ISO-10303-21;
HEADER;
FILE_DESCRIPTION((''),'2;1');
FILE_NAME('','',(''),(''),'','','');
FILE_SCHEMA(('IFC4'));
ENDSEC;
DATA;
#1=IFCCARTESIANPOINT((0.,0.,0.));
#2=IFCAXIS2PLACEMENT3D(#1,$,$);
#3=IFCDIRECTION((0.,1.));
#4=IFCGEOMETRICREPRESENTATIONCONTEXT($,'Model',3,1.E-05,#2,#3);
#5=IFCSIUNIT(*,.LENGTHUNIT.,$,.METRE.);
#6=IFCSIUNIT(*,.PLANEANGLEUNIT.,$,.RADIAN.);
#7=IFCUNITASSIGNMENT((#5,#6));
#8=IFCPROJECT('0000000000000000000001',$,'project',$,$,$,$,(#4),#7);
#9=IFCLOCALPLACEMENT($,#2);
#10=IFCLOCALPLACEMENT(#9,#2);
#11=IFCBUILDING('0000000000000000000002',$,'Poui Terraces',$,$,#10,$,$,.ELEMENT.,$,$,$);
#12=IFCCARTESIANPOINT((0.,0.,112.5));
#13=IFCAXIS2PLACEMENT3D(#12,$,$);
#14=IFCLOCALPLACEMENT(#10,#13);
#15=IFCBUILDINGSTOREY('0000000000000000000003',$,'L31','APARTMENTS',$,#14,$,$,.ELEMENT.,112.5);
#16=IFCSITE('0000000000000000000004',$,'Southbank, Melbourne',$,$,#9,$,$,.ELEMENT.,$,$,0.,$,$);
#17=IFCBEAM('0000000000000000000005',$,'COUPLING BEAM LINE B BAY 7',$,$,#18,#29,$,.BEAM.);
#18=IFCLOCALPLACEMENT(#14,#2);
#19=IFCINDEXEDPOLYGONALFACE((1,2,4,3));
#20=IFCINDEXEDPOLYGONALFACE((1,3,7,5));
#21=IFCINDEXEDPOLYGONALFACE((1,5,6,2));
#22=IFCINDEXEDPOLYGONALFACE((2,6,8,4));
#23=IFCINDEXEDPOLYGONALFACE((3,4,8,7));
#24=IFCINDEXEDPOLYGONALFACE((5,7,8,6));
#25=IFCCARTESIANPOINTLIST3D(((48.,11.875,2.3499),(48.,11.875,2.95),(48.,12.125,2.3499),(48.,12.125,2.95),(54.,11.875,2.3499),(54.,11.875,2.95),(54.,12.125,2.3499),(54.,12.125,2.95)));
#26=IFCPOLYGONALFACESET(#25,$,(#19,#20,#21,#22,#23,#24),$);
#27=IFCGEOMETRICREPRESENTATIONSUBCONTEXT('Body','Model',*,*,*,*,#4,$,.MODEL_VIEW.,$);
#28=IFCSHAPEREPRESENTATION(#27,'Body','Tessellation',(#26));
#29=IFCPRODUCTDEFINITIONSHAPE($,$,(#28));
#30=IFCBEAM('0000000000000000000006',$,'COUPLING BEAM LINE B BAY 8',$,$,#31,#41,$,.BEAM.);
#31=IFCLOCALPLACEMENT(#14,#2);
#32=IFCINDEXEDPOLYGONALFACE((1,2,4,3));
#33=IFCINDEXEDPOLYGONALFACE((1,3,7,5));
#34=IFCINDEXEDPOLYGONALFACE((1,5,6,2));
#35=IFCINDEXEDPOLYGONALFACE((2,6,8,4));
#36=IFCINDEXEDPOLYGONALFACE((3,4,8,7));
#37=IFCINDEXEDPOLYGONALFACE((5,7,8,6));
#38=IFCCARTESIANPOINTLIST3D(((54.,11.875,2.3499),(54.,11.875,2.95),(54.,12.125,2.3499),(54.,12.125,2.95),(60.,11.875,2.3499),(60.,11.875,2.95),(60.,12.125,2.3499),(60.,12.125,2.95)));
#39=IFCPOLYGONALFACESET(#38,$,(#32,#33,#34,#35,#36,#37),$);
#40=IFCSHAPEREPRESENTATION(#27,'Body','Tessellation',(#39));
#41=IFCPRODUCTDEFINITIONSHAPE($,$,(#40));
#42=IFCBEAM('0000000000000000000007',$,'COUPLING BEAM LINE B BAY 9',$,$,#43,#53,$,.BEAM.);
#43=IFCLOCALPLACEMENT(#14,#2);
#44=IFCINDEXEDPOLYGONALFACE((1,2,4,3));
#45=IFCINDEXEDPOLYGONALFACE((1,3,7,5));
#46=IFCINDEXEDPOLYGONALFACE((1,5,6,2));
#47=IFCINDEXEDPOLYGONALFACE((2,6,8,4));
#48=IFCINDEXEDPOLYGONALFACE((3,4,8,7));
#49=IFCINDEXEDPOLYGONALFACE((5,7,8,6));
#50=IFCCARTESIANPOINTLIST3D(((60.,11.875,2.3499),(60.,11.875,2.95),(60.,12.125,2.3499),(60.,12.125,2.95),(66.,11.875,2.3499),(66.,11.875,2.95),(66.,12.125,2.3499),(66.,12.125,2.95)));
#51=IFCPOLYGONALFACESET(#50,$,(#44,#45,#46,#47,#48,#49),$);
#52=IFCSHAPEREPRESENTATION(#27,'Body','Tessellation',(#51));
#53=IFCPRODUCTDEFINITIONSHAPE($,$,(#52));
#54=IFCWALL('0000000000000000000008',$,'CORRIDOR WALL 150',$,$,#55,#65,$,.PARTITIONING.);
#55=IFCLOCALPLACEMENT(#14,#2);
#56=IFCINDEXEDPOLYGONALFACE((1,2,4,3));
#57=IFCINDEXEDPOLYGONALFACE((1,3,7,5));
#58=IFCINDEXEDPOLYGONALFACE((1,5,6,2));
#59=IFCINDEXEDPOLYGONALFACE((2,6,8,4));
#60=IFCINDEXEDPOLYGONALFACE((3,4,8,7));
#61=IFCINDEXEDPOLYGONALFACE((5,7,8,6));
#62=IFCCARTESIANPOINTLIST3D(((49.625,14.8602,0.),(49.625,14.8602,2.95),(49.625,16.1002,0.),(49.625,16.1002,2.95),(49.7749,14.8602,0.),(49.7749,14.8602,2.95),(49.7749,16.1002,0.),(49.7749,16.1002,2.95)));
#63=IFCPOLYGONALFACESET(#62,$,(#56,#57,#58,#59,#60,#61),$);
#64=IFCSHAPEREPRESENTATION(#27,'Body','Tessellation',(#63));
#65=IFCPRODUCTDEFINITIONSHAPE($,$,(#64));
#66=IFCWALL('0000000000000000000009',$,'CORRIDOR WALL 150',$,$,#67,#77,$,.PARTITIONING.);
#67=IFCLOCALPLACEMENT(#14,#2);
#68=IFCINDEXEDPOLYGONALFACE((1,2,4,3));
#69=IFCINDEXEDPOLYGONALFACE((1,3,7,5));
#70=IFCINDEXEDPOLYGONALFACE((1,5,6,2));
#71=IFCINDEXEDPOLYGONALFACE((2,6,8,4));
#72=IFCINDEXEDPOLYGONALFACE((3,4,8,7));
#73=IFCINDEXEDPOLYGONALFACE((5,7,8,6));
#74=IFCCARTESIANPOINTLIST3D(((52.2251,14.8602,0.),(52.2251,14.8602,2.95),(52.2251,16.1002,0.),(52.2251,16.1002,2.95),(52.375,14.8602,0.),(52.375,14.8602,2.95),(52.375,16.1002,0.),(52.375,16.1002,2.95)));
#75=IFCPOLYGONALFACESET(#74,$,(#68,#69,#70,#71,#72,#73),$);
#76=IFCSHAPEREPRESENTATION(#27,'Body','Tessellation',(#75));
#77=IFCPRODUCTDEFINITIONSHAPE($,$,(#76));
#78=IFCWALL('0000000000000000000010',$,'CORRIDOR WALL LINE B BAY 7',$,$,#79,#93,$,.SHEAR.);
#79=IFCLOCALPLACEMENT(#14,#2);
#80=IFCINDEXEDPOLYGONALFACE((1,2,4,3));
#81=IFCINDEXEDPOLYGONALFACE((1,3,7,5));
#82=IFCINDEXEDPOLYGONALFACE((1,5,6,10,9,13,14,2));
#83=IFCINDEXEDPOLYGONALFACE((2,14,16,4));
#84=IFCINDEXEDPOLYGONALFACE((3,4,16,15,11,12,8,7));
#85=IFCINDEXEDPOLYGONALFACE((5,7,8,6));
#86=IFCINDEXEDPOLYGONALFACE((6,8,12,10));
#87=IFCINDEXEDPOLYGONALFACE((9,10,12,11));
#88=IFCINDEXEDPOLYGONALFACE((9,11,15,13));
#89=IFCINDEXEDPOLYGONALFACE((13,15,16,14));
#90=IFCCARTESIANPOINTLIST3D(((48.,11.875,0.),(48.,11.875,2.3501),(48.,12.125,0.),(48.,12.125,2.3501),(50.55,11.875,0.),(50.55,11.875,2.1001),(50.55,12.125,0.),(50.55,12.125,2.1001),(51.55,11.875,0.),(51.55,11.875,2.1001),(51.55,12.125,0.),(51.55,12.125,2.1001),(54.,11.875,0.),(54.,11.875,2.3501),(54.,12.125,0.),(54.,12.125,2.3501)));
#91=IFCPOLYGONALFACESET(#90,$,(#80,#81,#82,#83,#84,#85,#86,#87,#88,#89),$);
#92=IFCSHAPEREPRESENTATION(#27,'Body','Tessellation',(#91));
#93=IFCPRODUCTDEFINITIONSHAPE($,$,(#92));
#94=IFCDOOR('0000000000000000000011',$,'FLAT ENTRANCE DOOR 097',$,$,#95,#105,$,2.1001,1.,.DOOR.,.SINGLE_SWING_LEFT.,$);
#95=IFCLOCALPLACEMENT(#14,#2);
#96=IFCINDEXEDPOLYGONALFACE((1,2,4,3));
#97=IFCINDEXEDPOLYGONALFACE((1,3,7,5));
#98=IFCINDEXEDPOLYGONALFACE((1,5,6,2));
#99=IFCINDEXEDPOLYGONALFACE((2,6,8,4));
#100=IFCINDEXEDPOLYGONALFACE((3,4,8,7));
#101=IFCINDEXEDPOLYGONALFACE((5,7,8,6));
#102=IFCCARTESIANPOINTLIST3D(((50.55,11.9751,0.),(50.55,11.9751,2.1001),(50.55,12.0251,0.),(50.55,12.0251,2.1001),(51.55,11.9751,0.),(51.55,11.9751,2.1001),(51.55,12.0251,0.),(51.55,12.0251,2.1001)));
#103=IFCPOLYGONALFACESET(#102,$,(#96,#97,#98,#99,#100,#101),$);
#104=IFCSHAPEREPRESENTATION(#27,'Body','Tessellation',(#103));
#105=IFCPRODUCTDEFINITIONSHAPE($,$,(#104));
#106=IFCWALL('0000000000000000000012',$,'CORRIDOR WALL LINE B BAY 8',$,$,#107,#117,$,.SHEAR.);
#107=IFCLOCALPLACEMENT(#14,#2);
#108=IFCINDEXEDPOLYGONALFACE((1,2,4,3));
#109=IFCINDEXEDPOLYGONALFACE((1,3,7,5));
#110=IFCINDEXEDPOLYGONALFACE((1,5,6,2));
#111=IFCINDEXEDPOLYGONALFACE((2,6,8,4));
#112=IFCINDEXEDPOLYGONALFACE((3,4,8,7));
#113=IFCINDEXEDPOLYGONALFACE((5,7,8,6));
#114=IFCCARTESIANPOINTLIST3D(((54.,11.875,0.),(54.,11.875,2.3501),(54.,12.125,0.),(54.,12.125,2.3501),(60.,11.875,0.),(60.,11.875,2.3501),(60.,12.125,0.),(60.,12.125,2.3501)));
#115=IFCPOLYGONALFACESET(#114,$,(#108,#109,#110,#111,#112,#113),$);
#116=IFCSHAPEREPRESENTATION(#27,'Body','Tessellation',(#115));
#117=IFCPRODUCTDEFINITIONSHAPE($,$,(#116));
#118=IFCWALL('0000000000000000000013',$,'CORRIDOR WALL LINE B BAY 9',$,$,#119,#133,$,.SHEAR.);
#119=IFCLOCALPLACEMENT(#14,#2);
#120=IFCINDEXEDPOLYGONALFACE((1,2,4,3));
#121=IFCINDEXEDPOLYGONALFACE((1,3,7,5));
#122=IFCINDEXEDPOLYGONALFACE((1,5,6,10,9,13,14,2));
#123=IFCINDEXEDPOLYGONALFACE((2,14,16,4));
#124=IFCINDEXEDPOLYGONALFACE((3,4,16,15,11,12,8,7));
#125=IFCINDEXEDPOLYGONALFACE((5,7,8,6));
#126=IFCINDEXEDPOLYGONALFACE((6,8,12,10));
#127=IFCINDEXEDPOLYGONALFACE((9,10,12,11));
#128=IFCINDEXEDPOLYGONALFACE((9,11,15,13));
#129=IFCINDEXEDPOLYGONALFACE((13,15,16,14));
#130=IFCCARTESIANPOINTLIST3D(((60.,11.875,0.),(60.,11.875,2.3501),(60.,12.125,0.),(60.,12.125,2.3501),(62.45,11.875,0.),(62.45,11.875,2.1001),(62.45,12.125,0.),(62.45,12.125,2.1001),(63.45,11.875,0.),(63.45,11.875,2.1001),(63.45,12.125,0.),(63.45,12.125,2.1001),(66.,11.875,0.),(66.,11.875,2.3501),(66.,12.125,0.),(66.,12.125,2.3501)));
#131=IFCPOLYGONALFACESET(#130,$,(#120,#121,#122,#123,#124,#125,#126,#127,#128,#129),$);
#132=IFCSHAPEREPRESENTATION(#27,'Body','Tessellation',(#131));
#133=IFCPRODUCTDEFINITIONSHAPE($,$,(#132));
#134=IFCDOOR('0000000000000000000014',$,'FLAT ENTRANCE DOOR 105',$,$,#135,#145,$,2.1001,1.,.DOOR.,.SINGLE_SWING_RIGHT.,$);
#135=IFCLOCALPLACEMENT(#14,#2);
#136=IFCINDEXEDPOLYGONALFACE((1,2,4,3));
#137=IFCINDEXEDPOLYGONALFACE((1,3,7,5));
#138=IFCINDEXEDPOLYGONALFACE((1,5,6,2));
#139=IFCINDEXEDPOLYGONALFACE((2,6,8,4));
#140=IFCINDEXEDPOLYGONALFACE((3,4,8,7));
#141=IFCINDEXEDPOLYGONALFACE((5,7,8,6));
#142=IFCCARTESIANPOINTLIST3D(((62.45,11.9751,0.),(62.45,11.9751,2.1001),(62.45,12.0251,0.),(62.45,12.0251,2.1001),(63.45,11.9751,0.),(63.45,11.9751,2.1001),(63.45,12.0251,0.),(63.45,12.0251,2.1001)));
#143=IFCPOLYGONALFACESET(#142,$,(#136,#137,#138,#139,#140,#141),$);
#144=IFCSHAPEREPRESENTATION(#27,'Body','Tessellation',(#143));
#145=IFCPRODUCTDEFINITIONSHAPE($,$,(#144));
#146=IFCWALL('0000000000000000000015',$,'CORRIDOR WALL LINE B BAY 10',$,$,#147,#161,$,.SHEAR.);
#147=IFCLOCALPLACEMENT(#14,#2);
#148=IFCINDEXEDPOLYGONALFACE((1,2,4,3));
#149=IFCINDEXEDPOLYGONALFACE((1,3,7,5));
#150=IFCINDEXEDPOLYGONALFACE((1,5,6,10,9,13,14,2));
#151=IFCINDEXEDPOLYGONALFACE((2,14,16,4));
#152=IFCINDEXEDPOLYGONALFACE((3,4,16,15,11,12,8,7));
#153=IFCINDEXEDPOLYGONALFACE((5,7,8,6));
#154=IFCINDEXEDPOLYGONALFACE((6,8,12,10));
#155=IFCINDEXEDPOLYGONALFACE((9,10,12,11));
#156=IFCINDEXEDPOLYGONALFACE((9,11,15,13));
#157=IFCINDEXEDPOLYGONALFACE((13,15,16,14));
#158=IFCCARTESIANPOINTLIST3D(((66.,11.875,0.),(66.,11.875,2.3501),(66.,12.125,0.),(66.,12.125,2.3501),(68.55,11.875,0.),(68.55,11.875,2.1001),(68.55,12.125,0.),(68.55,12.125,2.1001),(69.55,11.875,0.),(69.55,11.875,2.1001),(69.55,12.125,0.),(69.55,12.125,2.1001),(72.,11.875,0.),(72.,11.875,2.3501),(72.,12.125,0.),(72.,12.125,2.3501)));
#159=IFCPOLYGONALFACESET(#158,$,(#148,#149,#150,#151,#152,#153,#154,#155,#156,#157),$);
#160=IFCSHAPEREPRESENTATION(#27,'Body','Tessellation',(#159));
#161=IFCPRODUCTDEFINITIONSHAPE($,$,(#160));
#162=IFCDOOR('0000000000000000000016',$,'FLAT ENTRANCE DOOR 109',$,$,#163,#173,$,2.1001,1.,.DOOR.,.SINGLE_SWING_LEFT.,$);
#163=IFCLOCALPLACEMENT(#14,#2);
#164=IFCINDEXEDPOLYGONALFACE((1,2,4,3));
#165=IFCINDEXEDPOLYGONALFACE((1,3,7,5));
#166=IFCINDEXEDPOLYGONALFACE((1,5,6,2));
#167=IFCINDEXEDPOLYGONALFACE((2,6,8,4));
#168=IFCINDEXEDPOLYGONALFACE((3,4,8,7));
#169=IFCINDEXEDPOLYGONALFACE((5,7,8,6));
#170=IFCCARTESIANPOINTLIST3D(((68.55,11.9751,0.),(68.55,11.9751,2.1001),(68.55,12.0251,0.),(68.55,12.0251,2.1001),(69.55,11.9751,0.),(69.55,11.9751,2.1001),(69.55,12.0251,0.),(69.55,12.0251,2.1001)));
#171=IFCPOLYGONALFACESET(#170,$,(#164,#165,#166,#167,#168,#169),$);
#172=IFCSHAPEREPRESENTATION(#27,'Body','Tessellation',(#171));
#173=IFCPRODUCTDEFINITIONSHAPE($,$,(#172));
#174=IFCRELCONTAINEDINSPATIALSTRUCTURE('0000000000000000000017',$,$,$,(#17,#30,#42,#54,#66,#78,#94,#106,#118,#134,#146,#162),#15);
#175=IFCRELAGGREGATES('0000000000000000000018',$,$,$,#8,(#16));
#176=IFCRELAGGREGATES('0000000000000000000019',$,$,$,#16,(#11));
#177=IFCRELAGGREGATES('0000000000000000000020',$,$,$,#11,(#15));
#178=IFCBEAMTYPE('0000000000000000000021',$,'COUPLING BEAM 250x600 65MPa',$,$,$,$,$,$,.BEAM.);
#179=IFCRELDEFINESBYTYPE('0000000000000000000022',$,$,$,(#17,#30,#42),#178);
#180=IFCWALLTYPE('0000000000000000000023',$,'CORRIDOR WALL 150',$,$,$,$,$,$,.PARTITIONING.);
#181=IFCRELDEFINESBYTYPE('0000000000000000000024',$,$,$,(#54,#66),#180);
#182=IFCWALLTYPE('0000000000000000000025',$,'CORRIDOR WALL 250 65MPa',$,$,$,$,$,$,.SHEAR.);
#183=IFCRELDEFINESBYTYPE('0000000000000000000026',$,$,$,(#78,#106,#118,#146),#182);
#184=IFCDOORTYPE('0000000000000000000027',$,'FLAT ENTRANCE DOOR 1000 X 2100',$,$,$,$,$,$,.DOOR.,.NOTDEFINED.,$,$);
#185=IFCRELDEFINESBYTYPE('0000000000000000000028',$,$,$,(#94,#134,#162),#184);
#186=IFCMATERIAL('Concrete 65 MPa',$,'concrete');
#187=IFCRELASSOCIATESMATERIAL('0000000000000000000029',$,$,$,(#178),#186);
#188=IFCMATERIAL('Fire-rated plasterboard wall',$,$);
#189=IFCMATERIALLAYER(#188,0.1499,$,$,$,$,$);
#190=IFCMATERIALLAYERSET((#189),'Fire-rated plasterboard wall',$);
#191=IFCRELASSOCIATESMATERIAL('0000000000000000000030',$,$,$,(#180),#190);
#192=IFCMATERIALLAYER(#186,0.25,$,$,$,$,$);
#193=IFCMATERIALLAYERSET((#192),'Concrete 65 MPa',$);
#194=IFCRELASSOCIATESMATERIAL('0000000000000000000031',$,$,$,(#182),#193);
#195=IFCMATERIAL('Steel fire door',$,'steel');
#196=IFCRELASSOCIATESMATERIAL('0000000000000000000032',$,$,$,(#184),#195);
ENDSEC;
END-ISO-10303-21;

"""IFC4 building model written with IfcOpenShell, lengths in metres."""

from ifc_helpers import new_model, si_unit, direction, frame, frame_2d, origin, origin_2d, place, context, subcontext, project, spatial, rectangle, extrude, source, transform, mapped, material, layer, layer_set, material_profile, profile_set, type_object, element, fill, save


model = new_model("IFC4")

# Units and contexts
model_context = context("Model", 3, precision=1e-05, world=origin(), true_north=direction((0.0, 1.0)))
body_context = subcontext(model_context, "Body", "Model", "MODEL_VIEW")
ifc_project = project(units=[si_unit("LENGTHUNIT", "METRE"), si_unit("PLANEANGLEUNIT", "RADIAN")], contexts=[model_context])

# Site, building, storey
site_placement = place(None, origin())
site = spatial("IfcSite", under=ifc_project, at=site_placement, Name="Southbank, Melbourne", CompositionType="ELEMENT", RefElevation=0.0)
building_placement = place(site_placement, origin())
building = spatial("IfcBuilding", under=site, at=building_placement, Name="Poui Terraces", CompositionType="ELEMENT")
storey_placement = place(building_placement, frame((0.0, 0.0, 112.5)))
storey = spatial("IfcBuildingStorey", under=building, at=storey_placement, Name="L31", Description="APARTMENTS", CompositionType="ELEMENT", Elevation=112.5)

# Beams
ifc_material_1 = material(Name="Concrete 65 MPa", Category="concrete")
ifc_material_profile = material_profile(ifc_material_1, rectangle(XDim=0.25, YDim=0.6001, at=origin_2d()), Name="RC 250x600")
ifc_profile_set = profile_set([ifc_material_profile], Name="Concrete 65 MPa")
beam_type = type_object("IfcBeamType", Name="COUPLING BEAM 250x600 65MPa", PredefinedType="BEAM", material=ifc_profile_set)
shared_shape = source(origin(), body_context, "Body", "SweptSolid", [
    extrude(rectangle(XDim=0.25, YDim=0.6001, at=origin_2d()), origin(), (0.0, 0.0, 1.0), 6.0),
])
for number, where, z_axis, x_axis, name in (
    (1, (48.0, 12.0, 2.6499), (1.0, 0.0, 0.0), (0.0, 1.0, 0.0), "COUPLING BEAM LINE B BAY 7"),
    (2, (54.0, 12.0, 2.6499), (1.0, 0.0, 0.0), (0.0, 1.0, 0.0), "COUPLING BEAM LINE B BAY 8"),
    (3, (60.0, 12.0, 2.6499), (1.0, 0.0, 0.0), (0.0, 1.0, 0.0), "COUPLING BEAM LINE B BAY 9"),
):
    element("IfcBeam", number, at=place(storey_placement, frame(where, z_axis=z_axis, x_axis=x_axis)), inside=storey, type_object=beam_type, Name=name, PredefinedType="BEAM", context=body_context, shape_type="MappedRepresentation", body=[
        mapped(shared_shape, transform((0.0, 0.0, 0.0))),
    ])

# Walls
ifc_material_2 = material(Name="Fire-rated plasterboard wall")
ifc_layer_1 = layer(ifc_material_2, 0.1499)
ifc_layer_set_1 = layer_set([ifc_layer_1], Name="Fire-rated plasterboard wall")
wall_type_1 = type_object("IfcWallType", Name="CORRIDOR WALL 150", PredefinedType="PARTITIONING", material=ifc_layer_set_1)
for number, where, z_axis, x_axis, name in (
    (4, (49.7, 14.8601, 0.0), (0.0, 0.0, 1.0), (0.0, 1.0, 0.0), "CORRIDOR WALL 150"),
    (5, (52.3, 14.8601, 0.0), (0.0, 0.0, 1.0), (0.0, 1.0, 0.0), "CORRIDOR WALL 150"),
):
    element("IfcWall", number, at=place(storey_placement, frame(where, z_axis=z_axis, x_axis=x_axis)), inside=storey, type_object=wall_type_1, Name=name, PredefinedType="PARTITIONING", context=body_context, shape_type="SweptSolid", body=[
        extrude(rectangle(XDim=1.24, YDim=0.1499, at=frame_2d((0.6201, 0.0))), origin(), (0.0, 0.0, 1.0), 2.95),
    ])

# Wall, opening, door
ifc_layer_2 = layer(ifc_material_1, 0.25)
ifc_layer_set_2 = layer_set([ifc_layer_2], Name="Concrete 65 MPa")
wall_type_2 = type_object("IfcWallType", Name="CORRIDOR WALL 250 65MPa", PredefinedType="SHEAR", material=ifc_layer_set_2)
wall_1_placement = place(storey_placement, frame((48.0, 12.0, 0.0), z_axis=(0.0, 0.0, 1.0), x_axis=(1.0, 0.0, 0.0)))
wall_1 = element("IfcWall", 6, at=wall_1_placement, inside=storey, type_object=wall_type_2, Name="CORRIDOR WALL LINE B BAY 7", PredefinedType="SHEAR", context=body_context, shape_type="SweptSolid", body=[
    extrude(rectangle(XDim=6.0, YDim=0.25, at=frame_2d((3.0, 0.0))), origin(), (0.0, 0.0, 1.0), 2.3501),
])
opening_1_placement = place(wall_1_placement, frame((2.55, 0.0, 0.0)))
opening_1 = element("IfcOpeningElement", 7, at=opening_1_placement, cuts=wall_1, PredefinedType="OPENING", context=body_context, shape_type="SweptSolid", body=[
    extrude(rectangle(XDim=1.0, YDim=2.1001, at=frame_2d((0.5, 1.05))), frame((0.0, 0.135, 0.0), z_axis=(0.0, -1.0, 0.0), x_axis=(1.0, 0.0, 0.0)), (0.0, 0.0, 1.0), 0.27),
])
ifc_material_3 = material(Name="Steel fire door", Category="steel")
door_type_1 = type_object("IfcDoorType", Name="FLAT ENTRANCE DOOR 1000 X 2100", OperationType="NOTDEFINED", PredefinedType="DOOR", material=ifc_material_3)
door_1_placement = place(opening_1_placement, frame((1.0, 0.0, 0.0), z_axis=(0.0, 0.0, 1.0), x_axis=(-1.0, 0.0, 0.0)))
door_1 = element("IfcDoor", 8, at=door_1_placement, inside=storey, type_object=door_type_1, Name="FLAT ENTRANCE DOOR 097", OperationType="SINGLE_SWING_LEFT", OverallHeight=2.1001, OverallWidth=1.0, PredefinedType="DOOR", context=body_context, shape_type="SweptSolid", body=[
    extrude(rectangle(XDim=1.0, YDim=2.1001, at=frame_2d((0.5, 1.05))), frame((0.0, 0.0249, 0.0), z_axis=(0.0, -1.0, 0.0), x_axis=(1.0, 0.0, 0.0)), (0.0, 0.0, 1.0), 0.05),
])
fill(opening_1, door_1)

# Wall
wall_2_placement = place(storey_placement, frame((54.0, 12.0, 0.0), z_axis=(0.0, 0.0, 1.0), x_axis=(1.0, 0.0, 0.0)))
element("IfcWall", 9, at=wall_2_placement, inside=storey, type_object=wall_type_2, Name="CORRIDOR WALL LINE B BAY 8", PredefinedType="SHEAR", context=body_context, shape_type="SweptSolid", body=[
    extrude(rectangle(XDim=6.0, YDim=0.25, at=frame_2d((3.0, 0.0))), origin(), (0.0, 0.0, 1.0), 2.3501),
])

# Walls, openings, doors
wall_3_placement = place(storey_placement, frame((60.0, 12.0, 0.0), z_axis=(0.0, 0.0, 1.0), x_axis=(1.0, 0.0, 0.0)))
wall_3 = element("IfcWall", 10, at=wall_3_placement, inside=storey, type_object=wall_type_2, Name="CORRIDOR WALL LINE B BAY 9", PredefinedType="SHEAR", context=body_context, shape_type="SweptSolid", body=[
    extrude(rectangle(XDim=6.0, YDim=0.25, at=frame_2d((3.0, 0.0))), origin(), (0.0, 0.0, 1.0), 2.3501),
])
opening_2_placement = place(wall_3_placement, frame((2.45, 0.0, 0.0)))
opening_2 = element("IfcOpeningElement", 11, at=opening_2_placement, cuts=wall_3, PredefinedType="OPENING", context=body_context, shape_type="SweptSolid", body=[
    extrude(rectangle(XDim=1.0, YDim=2.1001, at=frame_2d((0.5, 1.05))), frame((0.0, 0.135, 0.0), z_axis=(0.0, -1.0, 0.0), x_axis=(1.0, 0.0, 0.0)), (0.0, 0.0, 1.0), 0.27),
])
door_2_placement = place(opening_2_placement, frame((1.0, 0.0, 0.0), z_axis=(0.0, 0.0, 1.0), x_axis=(-1.0, 0.0, 0.0)))
door_2 = element("IfcDoor", 12, at=door_2_placement, inside=storey, type_object=door_type_1, Name="FLAT ENTRANCE DOOR 105", OperationType="SINGLE_SWING_RIGHT", OverallHeight=2.1001, OverallWidth=1.0, PredefinedType="DOOR", context=body_context, shape_type="SweptSolid", body=[
    extrude(rectangle(XDim=1.0, YDim=2.1001, at=frame_2d((0.5, 1.05))), frame((0.0, 0.0249, 0.0), z_axis=(0.0, -1.0, 0.0), x_axis=(1.0, 0.0, 0.0)), (0.0, 0.0, 1.0), 0.05),
])
fill(opening_2, door_2)
wall_4_placement = place(storey_placement, frame((66.0, 12.0, 0.0), z_axis=(0.0, 0.0, 1.0), x_axis=(1.0, 0.0, 0.0)))
wall_4 = element("IfcWall", 13, at=wall_4_placement, inside=storey, type_object=wall_type_2, Name="CORRIDOR WALL LINE B BAY 10", PredefinedType="SHEAR", context=body_context, shape_type="SweptSolid", body=[
    extrude(rectangle(XDim=6.0, YDim=0.25, at=frame_2d((3.0, 0.0))), origin(), (0.0, 0.0, 1.0), 2.3501),
])
opening_3_placement = place(wall_4_placement, frame((2.55, 0.0, 0.0)))
opening_3 = element("IfcOpeningElement", 14, at=opening_3_placement, cuts=wall_4, PredefinedType="OPENING", context=body_context, shape_type="SweptSolid", body=[
    extrude(rectangle(XDim=1.0, YDim=2.1001, at=frame_2d((0.5, 1.05))), frame((0.0, 0.135, 0.0), z_axis=(0.0, -1.0, 0.0), x_axis=(1.0, 0.0, 0.0)), (0.0, 0.0, 1.0), 0.27),
])
door_3_placement = place(opening_3_placement, frame((1.0, 0.0, 0.0), z_axis=(0.0, 0.0, 1.0), x_axis=(-1.0, 0.0, 0.0)))
door_3 = element("IfcDoor", 15, at=door_3_placement, inside=storey, type_object=door_type_1, Name="FLAT ENTRANCE DOOR 109", OperationType="SINGLE_SWING_LEFT", OverallHeight=2.1001, OverallWidth=1.0, PredefinedType="DOOR", context=body_context, shape_type="SweptSolid", body=[
    extrude(rectangle(XDim=1.0, YDim=2.1001, at=frame_2d((0.5, 1.05))), frame((0.0, 0.0249, 0.0), z_axis=(0.0, -1.0, 0.0), x_axis=(1.0, 0.0, 0.0)), (0.0, 0.0, 1.0), 0.05),
])
fill(opening_3, door_3)

save(model, "model.ifc")
